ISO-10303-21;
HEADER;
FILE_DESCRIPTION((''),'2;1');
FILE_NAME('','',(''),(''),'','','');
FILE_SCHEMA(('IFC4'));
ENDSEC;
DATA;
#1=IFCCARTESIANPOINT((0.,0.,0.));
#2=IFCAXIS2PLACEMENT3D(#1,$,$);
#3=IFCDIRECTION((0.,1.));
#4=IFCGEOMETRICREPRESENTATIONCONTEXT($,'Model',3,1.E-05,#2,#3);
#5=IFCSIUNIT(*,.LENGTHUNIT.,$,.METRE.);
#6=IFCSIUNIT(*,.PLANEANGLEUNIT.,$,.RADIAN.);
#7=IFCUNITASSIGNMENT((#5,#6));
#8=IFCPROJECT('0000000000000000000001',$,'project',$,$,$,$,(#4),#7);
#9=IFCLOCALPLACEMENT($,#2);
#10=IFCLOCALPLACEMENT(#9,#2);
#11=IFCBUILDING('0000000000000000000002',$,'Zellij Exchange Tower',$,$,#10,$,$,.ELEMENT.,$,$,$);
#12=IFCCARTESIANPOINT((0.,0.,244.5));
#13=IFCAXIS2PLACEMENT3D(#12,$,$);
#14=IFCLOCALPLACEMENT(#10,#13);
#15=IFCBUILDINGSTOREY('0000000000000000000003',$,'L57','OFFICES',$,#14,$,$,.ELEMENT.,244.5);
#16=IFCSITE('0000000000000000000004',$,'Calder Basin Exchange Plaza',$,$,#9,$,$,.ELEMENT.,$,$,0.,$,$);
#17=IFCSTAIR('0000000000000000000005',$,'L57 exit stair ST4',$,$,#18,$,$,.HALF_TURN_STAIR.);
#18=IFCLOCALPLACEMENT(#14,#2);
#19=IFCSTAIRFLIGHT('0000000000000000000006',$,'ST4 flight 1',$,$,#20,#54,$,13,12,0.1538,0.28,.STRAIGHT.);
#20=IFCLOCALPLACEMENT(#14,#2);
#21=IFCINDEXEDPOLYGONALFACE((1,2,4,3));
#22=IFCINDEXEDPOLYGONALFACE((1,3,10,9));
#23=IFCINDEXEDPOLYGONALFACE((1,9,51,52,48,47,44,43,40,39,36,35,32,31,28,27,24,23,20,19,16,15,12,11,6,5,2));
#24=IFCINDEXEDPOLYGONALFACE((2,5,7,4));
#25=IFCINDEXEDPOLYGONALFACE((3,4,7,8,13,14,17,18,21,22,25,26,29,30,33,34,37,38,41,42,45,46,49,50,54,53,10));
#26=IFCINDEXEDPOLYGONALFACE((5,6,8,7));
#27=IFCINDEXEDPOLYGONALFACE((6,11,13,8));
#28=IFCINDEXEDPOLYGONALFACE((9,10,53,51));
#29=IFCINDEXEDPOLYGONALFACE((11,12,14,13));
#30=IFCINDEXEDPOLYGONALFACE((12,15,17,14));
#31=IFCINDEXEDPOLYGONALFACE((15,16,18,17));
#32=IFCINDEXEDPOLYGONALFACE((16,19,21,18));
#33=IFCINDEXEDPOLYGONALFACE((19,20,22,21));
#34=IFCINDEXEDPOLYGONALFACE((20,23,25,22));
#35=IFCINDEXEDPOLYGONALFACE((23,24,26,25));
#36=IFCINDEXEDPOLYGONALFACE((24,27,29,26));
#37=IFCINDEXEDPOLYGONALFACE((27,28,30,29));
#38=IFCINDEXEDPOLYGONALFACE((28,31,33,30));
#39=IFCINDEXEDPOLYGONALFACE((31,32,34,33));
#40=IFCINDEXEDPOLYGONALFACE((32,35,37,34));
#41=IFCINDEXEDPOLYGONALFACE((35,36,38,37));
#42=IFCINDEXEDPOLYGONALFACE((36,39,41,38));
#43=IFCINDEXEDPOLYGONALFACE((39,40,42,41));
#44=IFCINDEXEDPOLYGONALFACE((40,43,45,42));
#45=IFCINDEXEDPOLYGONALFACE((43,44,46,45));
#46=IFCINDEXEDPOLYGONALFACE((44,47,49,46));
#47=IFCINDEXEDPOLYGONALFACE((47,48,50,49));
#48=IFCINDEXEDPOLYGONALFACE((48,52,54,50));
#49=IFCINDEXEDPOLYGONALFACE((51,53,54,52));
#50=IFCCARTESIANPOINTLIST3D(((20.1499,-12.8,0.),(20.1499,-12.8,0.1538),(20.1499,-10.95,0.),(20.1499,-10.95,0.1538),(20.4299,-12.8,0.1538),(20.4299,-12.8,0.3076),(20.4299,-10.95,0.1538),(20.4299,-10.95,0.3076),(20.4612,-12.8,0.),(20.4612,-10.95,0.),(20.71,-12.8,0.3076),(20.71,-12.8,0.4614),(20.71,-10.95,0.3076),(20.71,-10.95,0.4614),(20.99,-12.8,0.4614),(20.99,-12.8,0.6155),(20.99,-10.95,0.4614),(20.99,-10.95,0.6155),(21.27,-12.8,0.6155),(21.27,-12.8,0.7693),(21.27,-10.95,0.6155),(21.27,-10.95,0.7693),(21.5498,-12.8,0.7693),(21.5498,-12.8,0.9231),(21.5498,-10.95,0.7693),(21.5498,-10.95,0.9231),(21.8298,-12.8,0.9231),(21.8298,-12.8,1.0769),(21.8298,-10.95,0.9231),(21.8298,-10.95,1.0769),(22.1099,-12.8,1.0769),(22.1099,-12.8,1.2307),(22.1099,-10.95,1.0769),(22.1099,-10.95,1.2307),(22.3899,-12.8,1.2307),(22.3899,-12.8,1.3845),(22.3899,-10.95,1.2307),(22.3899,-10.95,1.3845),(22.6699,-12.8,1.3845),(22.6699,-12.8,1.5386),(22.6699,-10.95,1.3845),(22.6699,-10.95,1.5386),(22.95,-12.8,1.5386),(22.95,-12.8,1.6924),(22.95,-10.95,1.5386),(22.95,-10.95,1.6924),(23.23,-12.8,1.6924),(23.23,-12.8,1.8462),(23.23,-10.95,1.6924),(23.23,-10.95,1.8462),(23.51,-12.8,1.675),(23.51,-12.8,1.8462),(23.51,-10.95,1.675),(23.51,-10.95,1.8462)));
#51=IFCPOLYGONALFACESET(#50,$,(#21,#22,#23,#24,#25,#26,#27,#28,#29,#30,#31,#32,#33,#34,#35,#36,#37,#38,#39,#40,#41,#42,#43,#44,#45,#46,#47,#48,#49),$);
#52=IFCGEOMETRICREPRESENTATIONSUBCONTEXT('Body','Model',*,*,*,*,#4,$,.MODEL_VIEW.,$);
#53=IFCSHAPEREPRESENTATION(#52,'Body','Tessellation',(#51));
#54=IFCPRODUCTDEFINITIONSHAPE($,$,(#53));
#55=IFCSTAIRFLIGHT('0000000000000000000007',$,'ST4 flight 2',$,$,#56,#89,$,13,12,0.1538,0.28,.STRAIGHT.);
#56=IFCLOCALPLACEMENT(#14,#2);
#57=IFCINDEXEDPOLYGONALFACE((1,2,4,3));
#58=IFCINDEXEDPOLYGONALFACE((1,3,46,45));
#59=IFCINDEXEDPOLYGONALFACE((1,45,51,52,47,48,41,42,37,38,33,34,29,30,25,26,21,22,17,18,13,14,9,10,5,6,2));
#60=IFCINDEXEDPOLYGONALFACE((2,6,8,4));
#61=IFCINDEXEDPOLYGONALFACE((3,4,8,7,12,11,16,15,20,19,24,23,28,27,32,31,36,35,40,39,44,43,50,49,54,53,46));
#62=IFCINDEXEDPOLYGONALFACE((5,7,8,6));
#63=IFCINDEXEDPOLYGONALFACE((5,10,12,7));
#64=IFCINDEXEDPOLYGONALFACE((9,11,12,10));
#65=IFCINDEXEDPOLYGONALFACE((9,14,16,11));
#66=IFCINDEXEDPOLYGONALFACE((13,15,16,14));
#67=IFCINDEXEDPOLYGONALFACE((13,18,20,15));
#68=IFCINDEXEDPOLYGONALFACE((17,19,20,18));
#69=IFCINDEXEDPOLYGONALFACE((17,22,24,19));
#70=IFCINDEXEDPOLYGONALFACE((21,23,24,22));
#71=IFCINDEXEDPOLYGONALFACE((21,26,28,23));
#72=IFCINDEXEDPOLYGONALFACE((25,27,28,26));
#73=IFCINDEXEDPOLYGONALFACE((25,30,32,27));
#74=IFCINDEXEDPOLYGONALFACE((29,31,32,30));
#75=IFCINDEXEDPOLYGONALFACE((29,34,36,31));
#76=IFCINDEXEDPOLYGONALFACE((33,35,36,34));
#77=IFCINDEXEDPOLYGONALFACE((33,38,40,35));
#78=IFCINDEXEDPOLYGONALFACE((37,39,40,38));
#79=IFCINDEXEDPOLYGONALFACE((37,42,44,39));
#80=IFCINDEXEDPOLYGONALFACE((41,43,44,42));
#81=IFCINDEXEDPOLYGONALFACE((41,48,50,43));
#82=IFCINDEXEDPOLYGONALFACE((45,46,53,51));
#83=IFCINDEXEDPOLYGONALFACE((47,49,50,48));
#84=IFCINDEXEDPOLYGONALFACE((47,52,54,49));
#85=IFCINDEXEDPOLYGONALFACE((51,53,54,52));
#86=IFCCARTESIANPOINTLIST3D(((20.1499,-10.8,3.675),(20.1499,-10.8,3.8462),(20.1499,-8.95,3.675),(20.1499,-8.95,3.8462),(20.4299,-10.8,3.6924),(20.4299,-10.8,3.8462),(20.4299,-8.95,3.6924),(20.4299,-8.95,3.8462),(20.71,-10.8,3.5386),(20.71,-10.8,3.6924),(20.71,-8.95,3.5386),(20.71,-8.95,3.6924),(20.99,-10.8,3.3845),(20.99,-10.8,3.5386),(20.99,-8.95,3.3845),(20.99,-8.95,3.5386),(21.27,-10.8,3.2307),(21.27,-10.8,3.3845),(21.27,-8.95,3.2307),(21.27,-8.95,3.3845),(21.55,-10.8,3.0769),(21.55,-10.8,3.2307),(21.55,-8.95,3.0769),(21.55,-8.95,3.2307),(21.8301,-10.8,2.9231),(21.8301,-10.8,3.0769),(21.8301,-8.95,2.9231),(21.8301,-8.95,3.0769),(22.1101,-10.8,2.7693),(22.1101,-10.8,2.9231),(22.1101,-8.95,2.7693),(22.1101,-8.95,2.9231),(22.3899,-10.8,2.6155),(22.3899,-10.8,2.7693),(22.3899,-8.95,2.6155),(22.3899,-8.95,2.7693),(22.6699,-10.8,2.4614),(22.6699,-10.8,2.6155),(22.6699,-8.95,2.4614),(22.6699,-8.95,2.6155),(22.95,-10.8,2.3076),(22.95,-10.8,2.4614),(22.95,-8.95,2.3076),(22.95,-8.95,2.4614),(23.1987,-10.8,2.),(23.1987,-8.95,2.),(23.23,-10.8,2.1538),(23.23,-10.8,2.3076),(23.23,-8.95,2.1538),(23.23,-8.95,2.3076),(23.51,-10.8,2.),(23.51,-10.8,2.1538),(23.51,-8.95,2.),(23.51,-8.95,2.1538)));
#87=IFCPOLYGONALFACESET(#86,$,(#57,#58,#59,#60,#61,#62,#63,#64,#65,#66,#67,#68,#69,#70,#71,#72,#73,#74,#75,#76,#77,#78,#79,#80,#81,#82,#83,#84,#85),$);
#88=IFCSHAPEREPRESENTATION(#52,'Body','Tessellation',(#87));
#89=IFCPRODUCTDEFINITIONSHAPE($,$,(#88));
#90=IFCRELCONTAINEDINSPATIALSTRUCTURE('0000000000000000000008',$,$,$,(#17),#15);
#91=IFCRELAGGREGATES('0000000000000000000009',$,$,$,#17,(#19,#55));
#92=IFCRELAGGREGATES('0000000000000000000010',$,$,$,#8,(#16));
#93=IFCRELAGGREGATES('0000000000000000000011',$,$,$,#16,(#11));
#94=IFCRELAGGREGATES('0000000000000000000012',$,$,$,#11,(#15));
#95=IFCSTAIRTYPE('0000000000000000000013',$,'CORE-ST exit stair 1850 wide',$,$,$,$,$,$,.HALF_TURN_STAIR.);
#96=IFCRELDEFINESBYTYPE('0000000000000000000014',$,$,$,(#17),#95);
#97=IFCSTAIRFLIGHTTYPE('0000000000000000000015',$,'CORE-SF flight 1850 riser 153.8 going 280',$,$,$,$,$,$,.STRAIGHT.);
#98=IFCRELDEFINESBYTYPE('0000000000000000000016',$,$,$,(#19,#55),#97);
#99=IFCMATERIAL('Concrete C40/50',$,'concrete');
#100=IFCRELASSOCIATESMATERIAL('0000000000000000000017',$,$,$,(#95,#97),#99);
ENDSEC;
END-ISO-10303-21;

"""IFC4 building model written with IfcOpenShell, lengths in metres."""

from ifc_helpers import new_model, si_unit, direction, frame, origin, place, context, subcontext, project, spatial, polyline, outline, extrude, material, type_object, element, aggregate, save


model = new_model("IFC4")

# Units and contexts
model_context = context("Model", 3, precision=1e-05, world=origin(), true_north=direction((0.0, 1.0)))
body_context = subcontext(model_context, "Body", "Model", "MODEL_VIEW")
ifc_project = project(units=[si_unit("LENGTHUNIT", "METRE"), si_unit("PLANEANGLEUNIT", "RADIAN")], contexts=[model_context])

# Site, building, storey
site_placement = place(None, origin())
site = spatial("IfcSite", under=ifc_project, at=site_placement, Name="Calder Basin Exchange Plaza", CompositionType="ELEMENT", RefElevation=0.0)
building_placement = place(site_placement, origin())
building = spatial("IfcBuilding", under=site, at=building_placement, Name="Zellij Exchange Tower", CompositionType="ELEMENT")
storey_placement = place(building_placement, frame((0.0, 0.0, 244.5)))
storey = spatial("IfcBuildingStorey", under=building, at=storey_placement, Name="L57", Description="OFFICES", CompositionType="ELEMENT", Elevation=244.5)

# Stair, stair flights
ifc_material_1 = material(Name="Concrete C40/50", Category="concrete")
stair_type = type_object("IfcStairType", Name="CORE-ST exit stair 1850 wide", PredefinedType="HALF_TURN_STAIR", material=ifc_material_1)
stair_placement = place(storey_placement, origin())
stair = element("IfcStair", 1, at=stair_placement, inside=storey, type_object=stair_type, Name="L57 exit stair ST4", PredefinedType="HALF_TURN_STAIR")
stair_flight_type = type_object("IfcStairFlightType", Name="CORE-SF flight 1850 riser 153.8 going 280", PredefinedType="STRAIGHT", material=ifc_material_1)
stair_flight_1_placement = place(storey_placement, frame((20.1499, -11.875, 0.0), z_axis=(0.0, 0.0, 1.0), x_axis=(1.0, 0.0, 0.0)))
stair_flight_1 = element("IfcStairFlight", 2, at=stair_flight_1_placement, type_object=stair_flight_type, Name="ST4 flight 1", NumberOfRisers=13, NumberOfTreads=12, PredefinedType="STRAIGHT", RiserHeight=0.1538, TreadLength=0.28, context=body_context, shape_type="SweptSolid", body=[
    extrude(outline(polyline([(0.0, 0.0), (0.0, 0.1538), (0.28, 0.1538), (0.28, 0.3076), (0.5601, 0.3076), (0.5601, 0.4614), (0.8401, 0.4614), (0.8401, 0.6155), (1.1201, 0.6155), (1.1201, 0.7693), (1.3999, 0.7693), (1.3999, 0.9231), (1.6799, 0.9231), (1.6799, 1.0769), (1.96, 1.0769), (1.96, 1.2307), (2.24, 1.2307), (2.24, 1.3845), (2.52, 1.3845), (2.52, 1.5386), (2.8, 1.5386), (2.8, 1.6924), (3.0801, 1.6924), (3.0801, 1.8462), (3.3601, 1.8462), (3.3601, 2.0), (3.3601, 1.675), (0.3113, 0.0), (0.0, 0.0)])), frame((0.0, 0.925, 0.0), z_axis=(0.0, -1.0, 0.0), x_axis=(1.0, 0.0, 0.0)), (0.0, 0.0, 1.0), 1.8501),
])
stair_flight_2_placement = place(storey_placement, frame((23.51, -9.875, 2.0), z_axis=(0.0, 0.0, 1.0), x_axis=(-1.0, 0.0, 0.0)))
stair_flight_2 = element("IfcStairFlight", 3, at=stair_flight_2_placement, type_object=stair_flight_type, Name="ST4 flight 2", NumberOfRisers=13, NumberOfTreads=12, PredefinedType="STRAIGHT", RiserHeight=0.1538, TreadLength=0.28, context=body_context, shape_type="SweptSolid", body=[
    extrude(outline(polyline([(0.0, 0.0), (0.0, 0.1538), (0.28, 0.1538), (0.28, 0.3076), (0.5601, 0.3076), (0.5601, 0.4614), (0.8401, 0.4614), (0.8401, 0.6155), (1.1201, 0.6155), (1.1201, 0.7693), (1.3999, 0.7693), (1.3999, 0.9231), (1.6799, 0.9231), (1.6799, 1.0769), (1.96, 1.0769), (1.96, 1.2307), (2.24, 1.2307), (2.24, 1.3845), (2.52, 1.3845), (2.52, 1.5386), (2.8, 1.5386), (2.8, 1.6924), (3.0801, 1.6924), (3.0801, 1.8462), (3.3601, 1.8462), (3.3601, 2.0), (3.3601, 1.675), (0.3113, 0.0), (0.0, 0.0)])), frame((0.0, 0.925, 0.0), z_axis=(0.0, -1.0, 0.0), x_axis=(1.0, 0.0, 0.0)), (0.0, 0.0, 1.0), 1.8501),
])
aggregate(stair, [stair_flight_1, stair_flight_2])

save(model, "model.ifc")
